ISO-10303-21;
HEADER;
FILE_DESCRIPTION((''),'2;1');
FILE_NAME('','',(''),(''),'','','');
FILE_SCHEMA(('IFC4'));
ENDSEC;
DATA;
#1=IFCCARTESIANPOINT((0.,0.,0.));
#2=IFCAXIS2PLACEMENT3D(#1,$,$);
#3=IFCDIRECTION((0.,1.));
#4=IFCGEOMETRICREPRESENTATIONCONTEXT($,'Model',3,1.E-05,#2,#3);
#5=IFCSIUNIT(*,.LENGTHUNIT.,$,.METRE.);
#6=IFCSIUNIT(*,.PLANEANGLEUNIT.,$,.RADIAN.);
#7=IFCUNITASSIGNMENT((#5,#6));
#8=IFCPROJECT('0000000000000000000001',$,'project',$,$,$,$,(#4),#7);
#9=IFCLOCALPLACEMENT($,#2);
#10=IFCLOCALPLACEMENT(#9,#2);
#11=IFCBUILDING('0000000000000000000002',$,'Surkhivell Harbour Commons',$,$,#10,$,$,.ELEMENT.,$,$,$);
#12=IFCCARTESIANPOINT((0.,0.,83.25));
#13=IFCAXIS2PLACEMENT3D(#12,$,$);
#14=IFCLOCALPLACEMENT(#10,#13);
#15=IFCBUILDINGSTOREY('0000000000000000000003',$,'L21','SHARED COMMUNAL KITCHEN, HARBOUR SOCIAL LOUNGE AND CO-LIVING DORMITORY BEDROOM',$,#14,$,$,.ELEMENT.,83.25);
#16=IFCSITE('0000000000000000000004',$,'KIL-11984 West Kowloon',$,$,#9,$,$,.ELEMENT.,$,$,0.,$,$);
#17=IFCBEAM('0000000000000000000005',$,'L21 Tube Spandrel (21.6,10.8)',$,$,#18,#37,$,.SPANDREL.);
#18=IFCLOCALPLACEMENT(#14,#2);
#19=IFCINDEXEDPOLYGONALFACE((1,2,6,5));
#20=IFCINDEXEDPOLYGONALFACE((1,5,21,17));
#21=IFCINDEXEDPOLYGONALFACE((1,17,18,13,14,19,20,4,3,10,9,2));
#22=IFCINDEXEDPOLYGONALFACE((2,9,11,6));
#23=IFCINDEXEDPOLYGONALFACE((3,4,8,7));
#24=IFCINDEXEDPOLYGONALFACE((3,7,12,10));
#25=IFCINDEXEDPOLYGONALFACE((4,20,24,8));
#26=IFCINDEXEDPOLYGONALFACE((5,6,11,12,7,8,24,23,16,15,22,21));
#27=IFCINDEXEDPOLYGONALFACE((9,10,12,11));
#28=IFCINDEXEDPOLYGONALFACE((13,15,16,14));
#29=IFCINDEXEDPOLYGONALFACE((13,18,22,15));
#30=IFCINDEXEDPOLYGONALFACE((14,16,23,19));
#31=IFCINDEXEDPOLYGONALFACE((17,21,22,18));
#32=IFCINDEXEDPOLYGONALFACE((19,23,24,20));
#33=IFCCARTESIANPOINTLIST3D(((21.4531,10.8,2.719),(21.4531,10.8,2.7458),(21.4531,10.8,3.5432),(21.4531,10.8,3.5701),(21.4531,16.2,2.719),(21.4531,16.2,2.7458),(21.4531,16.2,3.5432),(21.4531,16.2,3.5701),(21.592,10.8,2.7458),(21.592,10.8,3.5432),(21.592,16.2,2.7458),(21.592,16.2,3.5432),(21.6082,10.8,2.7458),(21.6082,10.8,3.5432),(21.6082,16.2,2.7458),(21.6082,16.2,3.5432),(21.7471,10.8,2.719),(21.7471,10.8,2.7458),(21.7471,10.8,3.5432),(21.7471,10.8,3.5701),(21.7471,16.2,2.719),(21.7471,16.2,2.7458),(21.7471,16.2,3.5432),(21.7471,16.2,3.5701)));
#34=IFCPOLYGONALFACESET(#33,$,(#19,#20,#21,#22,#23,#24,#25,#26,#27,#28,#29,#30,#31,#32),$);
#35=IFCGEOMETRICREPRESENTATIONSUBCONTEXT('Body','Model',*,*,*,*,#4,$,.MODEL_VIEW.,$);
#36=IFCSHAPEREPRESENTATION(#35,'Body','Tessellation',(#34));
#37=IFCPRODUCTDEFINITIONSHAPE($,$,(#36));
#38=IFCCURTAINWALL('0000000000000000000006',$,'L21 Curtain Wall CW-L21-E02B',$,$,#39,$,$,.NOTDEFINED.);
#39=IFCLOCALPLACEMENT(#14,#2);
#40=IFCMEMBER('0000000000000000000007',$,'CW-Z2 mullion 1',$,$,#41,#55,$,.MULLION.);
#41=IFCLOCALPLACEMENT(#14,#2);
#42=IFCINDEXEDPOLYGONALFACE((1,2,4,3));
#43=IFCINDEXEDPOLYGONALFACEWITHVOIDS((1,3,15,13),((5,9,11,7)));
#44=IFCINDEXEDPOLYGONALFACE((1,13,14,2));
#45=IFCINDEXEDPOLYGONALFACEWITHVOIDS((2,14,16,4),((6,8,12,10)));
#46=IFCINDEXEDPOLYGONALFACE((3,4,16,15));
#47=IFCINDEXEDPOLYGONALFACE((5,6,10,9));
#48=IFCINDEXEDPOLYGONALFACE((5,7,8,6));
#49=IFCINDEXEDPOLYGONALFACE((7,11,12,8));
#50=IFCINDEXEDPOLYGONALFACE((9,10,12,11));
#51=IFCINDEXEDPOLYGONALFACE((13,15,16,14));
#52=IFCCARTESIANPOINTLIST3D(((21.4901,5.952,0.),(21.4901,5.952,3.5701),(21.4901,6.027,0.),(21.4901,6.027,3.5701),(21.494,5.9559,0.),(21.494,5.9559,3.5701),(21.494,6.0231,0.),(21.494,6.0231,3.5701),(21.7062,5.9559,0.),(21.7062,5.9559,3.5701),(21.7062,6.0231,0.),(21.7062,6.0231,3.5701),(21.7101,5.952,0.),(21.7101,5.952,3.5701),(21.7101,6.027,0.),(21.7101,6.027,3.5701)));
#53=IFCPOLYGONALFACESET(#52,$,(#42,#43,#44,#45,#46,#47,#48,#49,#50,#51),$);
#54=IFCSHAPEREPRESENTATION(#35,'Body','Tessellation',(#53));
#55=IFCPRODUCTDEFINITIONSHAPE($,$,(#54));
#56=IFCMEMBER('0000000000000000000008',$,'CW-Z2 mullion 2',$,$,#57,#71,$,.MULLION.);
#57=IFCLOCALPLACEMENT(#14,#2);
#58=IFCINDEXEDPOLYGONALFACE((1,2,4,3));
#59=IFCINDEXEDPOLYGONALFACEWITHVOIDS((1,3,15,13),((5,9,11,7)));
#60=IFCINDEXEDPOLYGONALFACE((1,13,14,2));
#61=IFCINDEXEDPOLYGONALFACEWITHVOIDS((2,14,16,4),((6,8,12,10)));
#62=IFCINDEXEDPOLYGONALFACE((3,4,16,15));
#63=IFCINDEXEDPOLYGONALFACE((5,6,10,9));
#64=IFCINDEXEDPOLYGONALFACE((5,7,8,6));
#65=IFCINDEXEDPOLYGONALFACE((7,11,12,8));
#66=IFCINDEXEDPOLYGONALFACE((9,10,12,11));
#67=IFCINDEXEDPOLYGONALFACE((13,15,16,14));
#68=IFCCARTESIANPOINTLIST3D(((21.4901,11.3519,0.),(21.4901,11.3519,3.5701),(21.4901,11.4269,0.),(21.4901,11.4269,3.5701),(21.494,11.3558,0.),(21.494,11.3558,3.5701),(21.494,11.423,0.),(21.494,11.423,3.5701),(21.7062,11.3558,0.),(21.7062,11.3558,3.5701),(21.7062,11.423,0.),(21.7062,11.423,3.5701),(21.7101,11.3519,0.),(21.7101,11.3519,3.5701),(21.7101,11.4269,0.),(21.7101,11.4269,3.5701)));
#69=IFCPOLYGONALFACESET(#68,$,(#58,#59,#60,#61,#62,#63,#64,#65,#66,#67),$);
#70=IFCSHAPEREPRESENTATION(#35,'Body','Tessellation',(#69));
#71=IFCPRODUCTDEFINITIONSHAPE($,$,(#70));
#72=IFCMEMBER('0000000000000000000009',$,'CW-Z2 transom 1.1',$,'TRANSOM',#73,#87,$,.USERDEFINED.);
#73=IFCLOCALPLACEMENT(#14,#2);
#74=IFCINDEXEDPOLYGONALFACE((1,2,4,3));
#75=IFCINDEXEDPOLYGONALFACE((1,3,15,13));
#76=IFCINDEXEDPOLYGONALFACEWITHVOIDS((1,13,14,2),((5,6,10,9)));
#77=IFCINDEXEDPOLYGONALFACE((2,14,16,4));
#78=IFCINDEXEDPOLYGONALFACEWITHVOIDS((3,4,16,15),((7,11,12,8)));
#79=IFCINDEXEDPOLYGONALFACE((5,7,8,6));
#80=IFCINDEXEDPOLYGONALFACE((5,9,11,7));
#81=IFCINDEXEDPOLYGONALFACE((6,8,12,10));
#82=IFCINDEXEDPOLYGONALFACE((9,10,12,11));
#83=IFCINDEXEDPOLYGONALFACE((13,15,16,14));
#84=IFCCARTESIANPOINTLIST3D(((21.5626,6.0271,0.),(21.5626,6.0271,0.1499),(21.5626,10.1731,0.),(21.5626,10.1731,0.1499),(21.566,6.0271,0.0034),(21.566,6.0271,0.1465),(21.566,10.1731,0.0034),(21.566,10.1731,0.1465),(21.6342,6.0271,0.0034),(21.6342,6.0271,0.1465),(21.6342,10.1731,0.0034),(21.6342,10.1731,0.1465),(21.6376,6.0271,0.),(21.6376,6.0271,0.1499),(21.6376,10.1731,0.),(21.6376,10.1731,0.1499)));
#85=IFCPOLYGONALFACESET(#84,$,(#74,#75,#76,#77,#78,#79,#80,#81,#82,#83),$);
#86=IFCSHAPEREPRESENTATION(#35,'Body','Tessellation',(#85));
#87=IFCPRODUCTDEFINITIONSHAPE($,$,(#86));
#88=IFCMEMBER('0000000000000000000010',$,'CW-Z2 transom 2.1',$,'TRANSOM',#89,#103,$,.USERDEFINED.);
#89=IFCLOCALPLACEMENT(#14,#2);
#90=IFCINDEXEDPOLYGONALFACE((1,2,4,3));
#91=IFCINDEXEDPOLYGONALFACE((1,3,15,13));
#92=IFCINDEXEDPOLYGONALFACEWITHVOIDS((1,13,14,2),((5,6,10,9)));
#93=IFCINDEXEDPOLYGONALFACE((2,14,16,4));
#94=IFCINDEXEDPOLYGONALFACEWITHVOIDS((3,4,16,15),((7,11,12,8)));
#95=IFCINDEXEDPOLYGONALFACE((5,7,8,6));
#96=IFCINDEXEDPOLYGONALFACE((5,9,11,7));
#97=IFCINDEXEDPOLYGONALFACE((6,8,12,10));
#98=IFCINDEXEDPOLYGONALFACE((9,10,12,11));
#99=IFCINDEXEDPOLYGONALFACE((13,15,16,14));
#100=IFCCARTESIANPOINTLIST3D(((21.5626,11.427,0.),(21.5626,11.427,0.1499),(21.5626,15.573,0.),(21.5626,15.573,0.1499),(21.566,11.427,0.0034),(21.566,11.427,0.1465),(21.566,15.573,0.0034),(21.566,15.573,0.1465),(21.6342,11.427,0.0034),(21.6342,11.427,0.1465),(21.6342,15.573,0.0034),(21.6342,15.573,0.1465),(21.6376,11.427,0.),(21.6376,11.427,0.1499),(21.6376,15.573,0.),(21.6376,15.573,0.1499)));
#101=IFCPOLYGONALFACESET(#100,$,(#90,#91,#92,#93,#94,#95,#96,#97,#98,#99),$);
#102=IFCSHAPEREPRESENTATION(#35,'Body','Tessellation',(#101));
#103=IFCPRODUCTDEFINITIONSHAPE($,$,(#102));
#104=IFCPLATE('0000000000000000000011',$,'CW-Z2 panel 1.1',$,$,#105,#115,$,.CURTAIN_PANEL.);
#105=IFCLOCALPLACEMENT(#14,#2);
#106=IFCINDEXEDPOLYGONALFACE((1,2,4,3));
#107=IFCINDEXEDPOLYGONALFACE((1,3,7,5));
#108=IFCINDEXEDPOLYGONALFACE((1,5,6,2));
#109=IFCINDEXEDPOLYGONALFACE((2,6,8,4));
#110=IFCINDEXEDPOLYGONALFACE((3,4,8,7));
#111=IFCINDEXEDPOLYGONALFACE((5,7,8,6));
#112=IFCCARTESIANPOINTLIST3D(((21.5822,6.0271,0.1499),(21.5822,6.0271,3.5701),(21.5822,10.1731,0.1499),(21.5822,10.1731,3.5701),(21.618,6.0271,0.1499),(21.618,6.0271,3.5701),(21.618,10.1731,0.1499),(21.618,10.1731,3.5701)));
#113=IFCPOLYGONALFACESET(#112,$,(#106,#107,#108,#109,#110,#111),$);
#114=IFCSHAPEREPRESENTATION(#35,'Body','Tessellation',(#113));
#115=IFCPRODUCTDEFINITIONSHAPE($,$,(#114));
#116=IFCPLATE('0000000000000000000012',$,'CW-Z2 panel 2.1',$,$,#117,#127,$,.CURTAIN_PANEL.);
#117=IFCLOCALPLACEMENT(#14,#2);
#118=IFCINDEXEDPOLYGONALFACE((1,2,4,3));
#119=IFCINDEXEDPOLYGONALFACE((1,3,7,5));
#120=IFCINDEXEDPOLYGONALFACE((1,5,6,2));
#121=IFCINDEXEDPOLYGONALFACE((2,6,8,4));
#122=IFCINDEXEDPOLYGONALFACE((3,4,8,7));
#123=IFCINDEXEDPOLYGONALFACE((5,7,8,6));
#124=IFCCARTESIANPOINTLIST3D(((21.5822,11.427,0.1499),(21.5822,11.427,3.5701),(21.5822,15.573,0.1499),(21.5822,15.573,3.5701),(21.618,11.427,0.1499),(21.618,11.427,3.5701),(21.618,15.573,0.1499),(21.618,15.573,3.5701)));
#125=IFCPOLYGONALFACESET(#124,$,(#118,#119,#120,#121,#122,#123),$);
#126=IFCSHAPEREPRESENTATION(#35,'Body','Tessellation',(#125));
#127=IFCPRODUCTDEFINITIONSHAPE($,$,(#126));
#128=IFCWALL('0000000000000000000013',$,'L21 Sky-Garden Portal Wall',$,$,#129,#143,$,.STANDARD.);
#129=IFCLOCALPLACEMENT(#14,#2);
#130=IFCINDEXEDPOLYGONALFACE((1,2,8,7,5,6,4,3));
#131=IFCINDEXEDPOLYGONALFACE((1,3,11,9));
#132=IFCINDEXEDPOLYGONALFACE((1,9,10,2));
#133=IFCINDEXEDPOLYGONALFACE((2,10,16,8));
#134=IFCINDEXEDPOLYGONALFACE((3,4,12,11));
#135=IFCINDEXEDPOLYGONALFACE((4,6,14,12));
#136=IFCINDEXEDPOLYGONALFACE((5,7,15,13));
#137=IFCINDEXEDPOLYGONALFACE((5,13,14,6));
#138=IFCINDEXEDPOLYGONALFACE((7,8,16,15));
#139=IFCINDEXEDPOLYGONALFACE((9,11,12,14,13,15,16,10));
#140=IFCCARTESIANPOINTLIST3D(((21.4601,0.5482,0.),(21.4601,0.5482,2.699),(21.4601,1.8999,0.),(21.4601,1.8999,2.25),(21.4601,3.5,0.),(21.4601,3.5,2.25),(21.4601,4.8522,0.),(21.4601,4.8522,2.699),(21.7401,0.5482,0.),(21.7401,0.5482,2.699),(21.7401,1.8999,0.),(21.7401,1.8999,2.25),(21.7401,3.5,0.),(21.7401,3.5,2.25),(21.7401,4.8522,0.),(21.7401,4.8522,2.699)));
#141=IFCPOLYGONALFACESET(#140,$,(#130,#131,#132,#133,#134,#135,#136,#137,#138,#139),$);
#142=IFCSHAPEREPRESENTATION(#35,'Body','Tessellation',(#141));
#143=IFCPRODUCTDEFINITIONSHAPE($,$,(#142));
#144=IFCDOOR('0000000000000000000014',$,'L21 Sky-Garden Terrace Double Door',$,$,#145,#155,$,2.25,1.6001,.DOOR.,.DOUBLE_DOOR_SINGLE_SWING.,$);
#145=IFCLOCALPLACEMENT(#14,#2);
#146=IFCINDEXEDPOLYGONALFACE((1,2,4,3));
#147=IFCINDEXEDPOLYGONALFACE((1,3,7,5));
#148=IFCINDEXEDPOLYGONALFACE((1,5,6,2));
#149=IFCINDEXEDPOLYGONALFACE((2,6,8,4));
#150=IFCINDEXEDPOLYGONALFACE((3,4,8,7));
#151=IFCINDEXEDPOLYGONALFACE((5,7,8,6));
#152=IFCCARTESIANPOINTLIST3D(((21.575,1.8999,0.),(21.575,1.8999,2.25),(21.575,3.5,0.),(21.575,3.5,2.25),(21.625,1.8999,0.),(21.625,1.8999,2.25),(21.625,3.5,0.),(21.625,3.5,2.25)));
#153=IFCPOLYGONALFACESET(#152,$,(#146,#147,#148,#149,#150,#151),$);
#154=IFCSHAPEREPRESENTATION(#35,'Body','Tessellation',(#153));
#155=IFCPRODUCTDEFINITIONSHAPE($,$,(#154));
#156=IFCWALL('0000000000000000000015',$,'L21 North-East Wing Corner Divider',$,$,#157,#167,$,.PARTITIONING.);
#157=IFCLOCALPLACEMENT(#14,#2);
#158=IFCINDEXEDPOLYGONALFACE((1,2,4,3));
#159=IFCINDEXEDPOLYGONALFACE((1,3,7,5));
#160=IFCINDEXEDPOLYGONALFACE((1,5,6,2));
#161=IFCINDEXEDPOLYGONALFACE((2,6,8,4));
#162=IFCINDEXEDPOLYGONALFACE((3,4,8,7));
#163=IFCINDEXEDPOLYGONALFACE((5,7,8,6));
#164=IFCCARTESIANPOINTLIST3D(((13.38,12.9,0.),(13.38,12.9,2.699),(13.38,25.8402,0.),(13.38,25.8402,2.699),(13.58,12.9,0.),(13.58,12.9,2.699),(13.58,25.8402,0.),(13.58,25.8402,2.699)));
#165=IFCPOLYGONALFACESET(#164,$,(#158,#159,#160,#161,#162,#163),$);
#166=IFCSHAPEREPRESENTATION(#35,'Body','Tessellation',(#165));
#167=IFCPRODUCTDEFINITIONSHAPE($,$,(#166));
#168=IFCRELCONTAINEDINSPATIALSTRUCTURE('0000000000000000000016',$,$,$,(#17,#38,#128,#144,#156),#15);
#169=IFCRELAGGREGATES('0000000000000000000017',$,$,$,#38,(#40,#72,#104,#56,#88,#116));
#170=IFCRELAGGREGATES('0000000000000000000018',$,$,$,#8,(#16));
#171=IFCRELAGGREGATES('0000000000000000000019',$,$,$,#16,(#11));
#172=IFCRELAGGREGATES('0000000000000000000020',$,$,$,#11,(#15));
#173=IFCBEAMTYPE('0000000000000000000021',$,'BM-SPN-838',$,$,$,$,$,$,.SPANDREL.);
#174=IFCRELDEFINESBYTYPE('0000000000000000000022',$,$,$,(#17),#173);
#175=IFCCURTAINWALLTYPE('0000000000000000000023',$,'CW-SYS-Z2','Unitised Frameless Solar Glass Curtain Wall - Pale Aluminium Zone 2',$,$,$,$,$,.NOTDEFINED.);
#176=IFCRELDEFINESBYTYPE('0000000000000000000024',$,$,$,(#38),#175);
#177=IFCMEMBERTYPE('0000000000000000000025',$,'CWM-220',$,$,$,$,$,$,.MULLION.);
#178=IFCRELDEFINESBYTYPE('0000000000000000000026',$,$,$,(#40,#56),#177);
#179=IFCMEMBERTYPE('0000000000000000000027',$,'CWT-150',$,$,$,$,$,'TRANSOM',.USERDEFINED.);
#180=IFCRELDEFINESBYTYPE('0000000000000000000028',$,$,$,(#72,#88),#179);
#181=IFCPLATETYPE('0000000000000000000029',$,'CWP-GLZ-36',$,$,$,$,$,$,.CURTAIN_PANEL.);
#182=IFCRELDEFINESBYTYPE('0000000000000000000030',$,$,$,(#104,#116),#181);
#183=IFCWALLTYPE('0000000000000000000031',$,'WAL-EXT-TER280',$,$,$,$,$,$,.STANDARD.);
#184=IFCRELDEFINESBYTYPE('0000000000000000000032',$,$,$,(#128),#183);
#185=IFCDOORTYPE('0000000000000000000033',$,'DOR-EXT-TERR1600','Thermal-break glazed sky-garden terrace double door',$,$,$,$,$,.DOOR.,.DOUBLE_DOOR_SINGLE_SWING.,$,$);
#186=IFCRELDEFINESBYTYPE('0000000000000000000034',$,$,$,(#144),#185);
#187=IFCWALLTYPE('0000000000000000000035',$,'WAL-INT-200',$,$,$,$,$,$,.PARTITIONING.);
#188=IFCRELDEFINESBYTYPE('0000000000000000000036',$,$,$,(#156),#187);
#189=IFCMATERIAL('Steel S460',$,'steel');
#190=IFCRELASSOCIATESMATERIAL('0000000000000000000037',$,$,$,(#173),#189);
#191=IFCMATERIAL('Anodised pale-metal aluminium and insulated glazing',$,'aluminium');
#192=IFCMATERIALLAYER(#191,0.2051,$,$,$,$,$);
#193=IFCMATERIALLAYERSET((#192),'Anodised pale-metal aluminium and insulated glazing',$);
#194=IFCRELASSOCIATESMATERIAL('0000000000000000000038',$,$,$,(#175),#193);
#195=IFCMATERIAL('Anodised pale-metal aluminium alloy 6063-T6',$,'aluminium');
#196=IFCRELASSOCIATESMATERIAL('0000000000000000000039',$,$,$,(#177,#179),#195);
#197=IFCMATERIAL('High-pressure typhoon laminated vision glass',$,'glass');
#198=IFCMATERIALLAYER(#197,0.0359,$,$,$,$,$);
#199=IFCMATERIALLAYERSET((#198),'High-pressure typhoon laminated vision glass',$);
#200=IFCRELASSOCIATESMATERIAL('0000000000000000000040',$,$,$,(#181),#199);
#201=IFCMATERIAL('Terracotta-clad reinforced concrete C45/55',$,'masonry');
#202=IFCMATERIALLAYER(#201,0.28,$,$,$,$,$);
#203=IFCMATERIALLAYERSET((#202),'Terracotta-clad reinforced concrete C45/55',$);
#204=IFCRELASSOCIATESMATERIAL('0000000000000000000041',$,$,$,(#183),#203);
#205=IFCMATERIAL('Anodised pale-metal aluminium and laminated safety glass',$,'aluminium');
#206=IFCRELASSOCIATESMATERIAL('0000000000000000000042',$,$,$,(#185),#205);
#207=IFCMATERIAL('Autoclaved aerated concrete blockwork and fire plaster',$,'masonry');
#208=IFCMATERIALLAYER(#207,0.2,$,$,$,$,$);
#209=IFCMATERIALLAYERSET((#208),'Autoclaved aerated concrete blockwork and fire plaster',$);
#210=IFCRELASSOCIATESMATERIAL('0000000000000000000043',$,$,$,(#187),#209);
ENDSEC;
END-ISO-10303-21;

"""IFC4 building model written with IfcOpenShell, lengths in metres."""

from ifc_helpers import new_model, si_unit, direction, frame, frame_2d, origin, origin_2d, place, context, subcontext, project, spatial, rectangle, hollow_rectangle, i_section, extrude, material, layer, layer_set, material_profile, profile_set, type_object, element, fill, aggregate, save


model = new_model("IFC4")

# Units and contexts
model_context = context("Model", 3, precision=1e-05, world=origin(), true_north=direction((0.0, 1.0)))
body_context = subcontext(model_context, "Body", "Model", "MODEL_VIEW")
ifc_project = project(units=[si_unit("LENGTHUNIT", "METRE"), si_unit("PLANEANGLEUNIT", "RADIAN")], contexts=[model_context])

# Site, building, storey
site_placement = place(None, origin())
site = spatial("IfcSite", under=ifc_project, at=site_placement, Name="KIL-11984 West Kowloon", CompositionType="ELEMENT", RefElevation=0.0)
building_placement = place(site_placement, origin())
building = spatial("IfcBuilding", under=site, at=building_placement, Name="Surkhivell Harbour Commons", CompositionType="ELEMENT")
storey_placement = place(building_placement, frame((0.0, 0.0, 83.25)))
storey = spatial("IfcBuildingStorey", under=building, at=storey_placement, Name="L21", Description="SHARED COMMUNAL KITCHEN, HARBOUR SOCIAL LOUNGE AND CO-LIVING DORMITORY BEDROOM", CompositionType="ELEMENT", Elevation=83.25)

# Beam
ifc_material_1 = material(Name="Steel S460", Category="steel")
ifc_material_profile_1 = material_profile(ifc_material_1, i_section(OverallWidth=0.2939, OverallDepth=0.8511, WebThickness=0.0161, FlangeThickness=0.0269, at=origin_2d()), Name="UB838x292x226")
ifc_profile_set_1 = profile_set([ifc_material_profile_1], Name="Steel S460")
beam_type_1 = type_object("IfcBeamType", Name="BM-SPN-838", PredefinedType="SPANDREL", material=ifc_profile_set_1)
beam_1_placement = place(storey_placement, frame((21.6001, 10.8, 3.1445), z_axis=(0.0, 1.0, 0.0), x_axis=(-1.0, 0.0, 0.0)))
element("IfcBeam", 1, at=beam_1_placement, inside=storey, type_object=beam_type_1, Name="L21 Tube Spandrel (21.6,10.8)", PredefinedType="SPANDREL", context=body_context, shape_type="SweptSolid", body=[
    extrude(i_section(OverallWidth=0.2939, OverallDepth=0.8511, WebThickness=0.0161, FlangeThickness=0.0269, at=origin_2d()), origin(), (0.0, 0.0, 1.0), 5.3999),
])

# Curtain wall, members, plates
ifc_material_2 = material(Name="Anodised pale-metal aluminium and insulated glazing", Category="aluminium")
ifc_layer_1 = layer(ifc_material_2, 0.2051)
ifc_layer_set_1 = layer_set([ifc_layer_1], Name="Anodised pale-metal aluminium and insulated glazing")
curtain_wall_type = type_object("IfcCurtainWallType", Name="CW-SYS-Z2", Description="Unitised Frameless Solar Glass Curtain Wall - Pale Aluminium Zone 2", PredefinedType="NOTDEFINED", material=ifc_layer_set_1)
curtain_wall_placement = place(storey_placement, origin())
curtain_wall = element("IfcCurtainWall", 2, at=curtain_wall_placement, inside=storey, type_object=curtain_wall_type, Name="L21 Curtain Wall CW-L21-E02B", PredefinedType="NOTDEFINED")
ifc_material_3 = material(Name="Anodised pale-metal aluminium alloy 6063-T6", Category="aluminium")
ifc_material_profile_2 = material_profile(ifc_material_3, hollow_rectangle(XDim=0.075, YDim=0.22, WallThickness=0.0039, at=origin_2d()), Name="ALU-MULL-75x220")
ifc_profile_set_2 = profile_set([ifc_material_profile_2], Name="Anodised pale-metal aluminium alloy 6063-T6")
member_type_1 = type_object("IfcMemberType", Name="CWM-220", PredefinedType="MULLION", material=ifc_profile_set_2)
member_1_placement = place(storey_placement, frame((21.6001, 5.9895, 0.0), z_axis=(0.0, 0.0, 1.0), x_axis=(0.0, 1.0, 0.0)))
member_1 = element("IfcMember", 3, at=member_1_placement, type_object=member_type_1, Name="CW-Z2 mullion 1", PredefinedType="MULLION", context=body_context, shape_type="SweptSolid", body=[
    extrude(hollow_rectangle(XDim=0.075, YDim=0.22, WallThickness=0.0039, at=origin_2d()), origin(), (0.0, 0.0, 1.0), 3.5701),
])
member_2_placement = place(storey_placement, frame((21.6001, 11.3894, 0.0), z_axis=(0.0, 0.0, 1.0), x_axis=(0.0, 1.0, 0.0)))
member_2 = element("IfcMember", 4, at=member_2_placement, type_object=member_type_1, Name="CW-Z2 mullion 2", PredefinedType="MULLION", context=body_context, shape_type="SweptSolid", body=[
    extrude(hollow_rectangle(XDim=0.075, YDim=0.22, WallThickness=0.0039, at=origin_2d()), origin(), (0.0, 0.0, 1.0), 3.5701),
])
ifc_material_profile_3 = material_profile(ifc_material_3, hollow_rectangle(XDim=0.075, YDim=0.1499, WallThickness=0.0034, at=origin_2d()), Name="ALU-TRAN-75x150")
ifc_profile_set_3 = profile_set([ifc_material_profile_3], Name="Anodised pale-metal aluminium alloy 6063-T6")
member_type_2 = type_object("IfcMemberType", Name="CWT-150", ElementType="TRANSOM", PredefinedType="USERDEFINED", material=ifc_profile_set_3)
member_3_placement = place(storey_placement, frame((21.6001, 6.0271, 0.075), z_axis=(0.0, 1.0, 0.0), x_axis=(-1.0, 0.0, 0.0)))
member_3 = element("IfcMember", 5, at=member_3_placement, type_object=member_type_2, Name="CW-Z2 transom 1.1", ObjectType="TRANSOM", PredefinedType="USERDEFINED", context=body_context, shape_type="SweptSolid", body=[
    extrude(hollow_rectangle(XDim=0.075, YDim=0.1499, WallThickness=0.0034, at=origin_2d()), origin(), (0.0, 0.0, 1.0), 4.146),
])
member_4_placement = place(storey_placement, frame((21.6001, 11.427, 0.075), z_axis=(0.0, 1.0, 0.0), x_axis=(-1.0, 0.0, 0.0)))
member_4 = element("IfcMember", 6, at=member_4_placement, type_object=member_type_2, Name="CW-Z2 transom 2.1", ObjectType="TRANSOM", PredefinedType="USERDEFINED", context=body_context, shape_type="SweptSolid", body=[
    extrude(hollow_rectangle(XDim=0.075, YDim=0.1499, WallThickness=0.0034, at=origin_2d()), origin(), (0.0, 0.0, 1.0), 4.146),
])
ifc_material_4 = material(Name="High-pressure typhoon laminated vision glass", Category="glass")
ifc_layer_2 = layer(ifc_material_4, 0.0359)
ifc_layer_set_2 = layer_set([ifc_layer_2], Name="High-pressure typhoon laminated vision glass")
plate_type = type_object("IfcPlateType", Name="CWP-GLZ-36", PredefinedType="CURTAIN_PANEL", material=ifc_layer_set_2)
plate_1_placement = place(storey_placement, frame((21.6001, 6.0271, 0.1499), z_axis=(0.0, 0.0, 1.0), x_axis=(0.0, 1.0, 0.0)))
plate_1 = element("IfcPlate", 7, at=plate_1_placement, type_object=plate_type, Name="CW-Z2 panel 1.1", PredefinedType="CURTAIN_PANEL", context=body_context, shape_type="SweptSolid", body=[
    extrude(rectangle(XDim=4.146, YDim=0.0359, at=frame_2d((2.073, 0.0))), origin(), (0.0, 0.0, 1.0), 3.4202),
])
plate_2_placement = place(storey_placement, frame((21.6001, 11.427, 0.1499), z_axis=(0.0, 0.0, 1.0), x_axis=(0.0, 1.0, 0.0)))
plate_2 = element("IfcPlate", 8, at=plate_2_placement, type_object=plate_type, Name="CW-Z2 panel 2.1", PredefinedType="CURTAIN_PANEL", context=body_context, shape_type="SweptSolid", body=[
    extrude(rectangle(XDim=4.146, YDim=0.0359, at=frame_2d((2.073, 0.0))), origin(), (0.0, 0.0, 1.0), 3.4202),
])
aggregate(curtain_wall, [member_1, member_3, plate_1, member_2, member_4, plate_2])

# Wall, opening, door
ifc_material_5 = material(Name="Terracotta-clad reinforced concrete C45/55", Category="masonry")
ifc_layer_3 = layer(ifc_material_5, 0.28)
ifc_layer_set_3 = layer_set([ifc_layer_3], Name="Terracotta-clad reinforced concrete C45/55")
wall_type_1 = type_object("IfcWallType", Name="WAL-EXT-TER280", PredefinedType="STANDARD", material=ifc_layer_set_3)
wall_1_placement = place(storey_placement, frame((21.6001, 4.8521, 0.0), z_axis=(0.0, 0.0, 1.0), x_axis=(0.0, -1.0, 0.0)))
wall_1 = element("IfcWall", 9, at=wall_1_placement, inside=storey, type_object=wall_type_1, Name="L21 Sky-Garden Portal Wall", PredefinedType="STANDARD", context=body_context, shape_type="SweptSolid", body=[
    extrude(rectangle(XDim=4.304, YDim=0.28, at=frame_2d((2.1519, 0.0))), origin(), (0.0, 0.0, 1.0), 2.699),
])
opening_placement = place(wall_1_placement, frame((1.3521, 0.0, 0.0)))
opening = element("IfcOpeningElement", 10, at=opening_placement, cuts=wall_1, PredefinedType="OPENING", context=body_context, shape_type="SweptSolid", body=[
    extrude(rectangle(XDim=1.6001, YDim=2.25, at=frame_2d((0.8, 1.125))), frame((0.0, 0.1499, 0.0), z_axis=(0.0, -1.0, 0.0), x_axis=(1.0, 0.0, 0.0)), (0.0, 0.0, 1.0), 0.3),
])
ifc_material_6 = material(Name="Anodised pale-metal aluminium and laminated safety glass", Category="aluminium")
door_type = type_object("IfcDoorType", Name="DOR-EXT-TERR1600", Description="Thermal-break glazed sky-garden terrace double door", OperationType="DOUBLE_DOOR_SINGLE_SWING", PredefinedType="DOOR", material=ifc_material_6)
door_placement = place(opening_placement, origin())
door = element("IfcDoor", 11, at=door_placement, inside=storey, type_object=door_type, Name="L21 Sky-Garden Terrace Double Door", OperationType="DOUBLE_DOOR_SINGLE_SWING", OverallHeight=2.25, OverallWidth=1.6001, PredefinedType="DOOR", context=body_context, shape_type="SweptSolid", body=[
    extrude(rectangle(XDim=1.6001, YDim=2.25, at=frame_2d((0.8, 1.125))), frame((0.0, 0.0249, 0.0), z_axis=(0.0, -1.0, 0.0), x_axis=(1.0, 0.0, 0.0)), (0.0, 0.0, 1.0), 0.05),
])
fill(opening, door)

# Wall
ifc_material_7 = material(Name="Autoclaved aerated concrete blockwork and fire plaster", Category="masonry")
ifc_layer_4 = layer(ifc_material_7, 0.2)
ifc_layer_set_4 = layer_set([ifc_layer_4], Name="Autoclaved aerated concrete blockwork and fire plaster")
wall_type_2 = type_object("IfcWallType", Name="WAL-INT-200", PredefinedType="PARTITIONING", material=ifc_layer_set_4)
wall_2_placement = place(storey_placement, frame((13.48, 12.8999, 0.0), z_axis=(0.0, 0.0, 1.0), x_axis=(0.0, 1.0, 0.0)))
element("IfcWall", 12, at=wall_2_placement, inside=storey, type_object=wall_type_2, Name="L21 North-East Wing Corner Divider", PredefinedType="PARTITIONING", context=body_context, shape_type="SweptSolid", body=[
    extrude(rectangle(XDim=12.9402, YDim=0.2, at=frame_2d((6.4702, 0.0))), origin(), (0.0, 0.0, 1.0), 2.699),
])

save(model, "model.ifc")
